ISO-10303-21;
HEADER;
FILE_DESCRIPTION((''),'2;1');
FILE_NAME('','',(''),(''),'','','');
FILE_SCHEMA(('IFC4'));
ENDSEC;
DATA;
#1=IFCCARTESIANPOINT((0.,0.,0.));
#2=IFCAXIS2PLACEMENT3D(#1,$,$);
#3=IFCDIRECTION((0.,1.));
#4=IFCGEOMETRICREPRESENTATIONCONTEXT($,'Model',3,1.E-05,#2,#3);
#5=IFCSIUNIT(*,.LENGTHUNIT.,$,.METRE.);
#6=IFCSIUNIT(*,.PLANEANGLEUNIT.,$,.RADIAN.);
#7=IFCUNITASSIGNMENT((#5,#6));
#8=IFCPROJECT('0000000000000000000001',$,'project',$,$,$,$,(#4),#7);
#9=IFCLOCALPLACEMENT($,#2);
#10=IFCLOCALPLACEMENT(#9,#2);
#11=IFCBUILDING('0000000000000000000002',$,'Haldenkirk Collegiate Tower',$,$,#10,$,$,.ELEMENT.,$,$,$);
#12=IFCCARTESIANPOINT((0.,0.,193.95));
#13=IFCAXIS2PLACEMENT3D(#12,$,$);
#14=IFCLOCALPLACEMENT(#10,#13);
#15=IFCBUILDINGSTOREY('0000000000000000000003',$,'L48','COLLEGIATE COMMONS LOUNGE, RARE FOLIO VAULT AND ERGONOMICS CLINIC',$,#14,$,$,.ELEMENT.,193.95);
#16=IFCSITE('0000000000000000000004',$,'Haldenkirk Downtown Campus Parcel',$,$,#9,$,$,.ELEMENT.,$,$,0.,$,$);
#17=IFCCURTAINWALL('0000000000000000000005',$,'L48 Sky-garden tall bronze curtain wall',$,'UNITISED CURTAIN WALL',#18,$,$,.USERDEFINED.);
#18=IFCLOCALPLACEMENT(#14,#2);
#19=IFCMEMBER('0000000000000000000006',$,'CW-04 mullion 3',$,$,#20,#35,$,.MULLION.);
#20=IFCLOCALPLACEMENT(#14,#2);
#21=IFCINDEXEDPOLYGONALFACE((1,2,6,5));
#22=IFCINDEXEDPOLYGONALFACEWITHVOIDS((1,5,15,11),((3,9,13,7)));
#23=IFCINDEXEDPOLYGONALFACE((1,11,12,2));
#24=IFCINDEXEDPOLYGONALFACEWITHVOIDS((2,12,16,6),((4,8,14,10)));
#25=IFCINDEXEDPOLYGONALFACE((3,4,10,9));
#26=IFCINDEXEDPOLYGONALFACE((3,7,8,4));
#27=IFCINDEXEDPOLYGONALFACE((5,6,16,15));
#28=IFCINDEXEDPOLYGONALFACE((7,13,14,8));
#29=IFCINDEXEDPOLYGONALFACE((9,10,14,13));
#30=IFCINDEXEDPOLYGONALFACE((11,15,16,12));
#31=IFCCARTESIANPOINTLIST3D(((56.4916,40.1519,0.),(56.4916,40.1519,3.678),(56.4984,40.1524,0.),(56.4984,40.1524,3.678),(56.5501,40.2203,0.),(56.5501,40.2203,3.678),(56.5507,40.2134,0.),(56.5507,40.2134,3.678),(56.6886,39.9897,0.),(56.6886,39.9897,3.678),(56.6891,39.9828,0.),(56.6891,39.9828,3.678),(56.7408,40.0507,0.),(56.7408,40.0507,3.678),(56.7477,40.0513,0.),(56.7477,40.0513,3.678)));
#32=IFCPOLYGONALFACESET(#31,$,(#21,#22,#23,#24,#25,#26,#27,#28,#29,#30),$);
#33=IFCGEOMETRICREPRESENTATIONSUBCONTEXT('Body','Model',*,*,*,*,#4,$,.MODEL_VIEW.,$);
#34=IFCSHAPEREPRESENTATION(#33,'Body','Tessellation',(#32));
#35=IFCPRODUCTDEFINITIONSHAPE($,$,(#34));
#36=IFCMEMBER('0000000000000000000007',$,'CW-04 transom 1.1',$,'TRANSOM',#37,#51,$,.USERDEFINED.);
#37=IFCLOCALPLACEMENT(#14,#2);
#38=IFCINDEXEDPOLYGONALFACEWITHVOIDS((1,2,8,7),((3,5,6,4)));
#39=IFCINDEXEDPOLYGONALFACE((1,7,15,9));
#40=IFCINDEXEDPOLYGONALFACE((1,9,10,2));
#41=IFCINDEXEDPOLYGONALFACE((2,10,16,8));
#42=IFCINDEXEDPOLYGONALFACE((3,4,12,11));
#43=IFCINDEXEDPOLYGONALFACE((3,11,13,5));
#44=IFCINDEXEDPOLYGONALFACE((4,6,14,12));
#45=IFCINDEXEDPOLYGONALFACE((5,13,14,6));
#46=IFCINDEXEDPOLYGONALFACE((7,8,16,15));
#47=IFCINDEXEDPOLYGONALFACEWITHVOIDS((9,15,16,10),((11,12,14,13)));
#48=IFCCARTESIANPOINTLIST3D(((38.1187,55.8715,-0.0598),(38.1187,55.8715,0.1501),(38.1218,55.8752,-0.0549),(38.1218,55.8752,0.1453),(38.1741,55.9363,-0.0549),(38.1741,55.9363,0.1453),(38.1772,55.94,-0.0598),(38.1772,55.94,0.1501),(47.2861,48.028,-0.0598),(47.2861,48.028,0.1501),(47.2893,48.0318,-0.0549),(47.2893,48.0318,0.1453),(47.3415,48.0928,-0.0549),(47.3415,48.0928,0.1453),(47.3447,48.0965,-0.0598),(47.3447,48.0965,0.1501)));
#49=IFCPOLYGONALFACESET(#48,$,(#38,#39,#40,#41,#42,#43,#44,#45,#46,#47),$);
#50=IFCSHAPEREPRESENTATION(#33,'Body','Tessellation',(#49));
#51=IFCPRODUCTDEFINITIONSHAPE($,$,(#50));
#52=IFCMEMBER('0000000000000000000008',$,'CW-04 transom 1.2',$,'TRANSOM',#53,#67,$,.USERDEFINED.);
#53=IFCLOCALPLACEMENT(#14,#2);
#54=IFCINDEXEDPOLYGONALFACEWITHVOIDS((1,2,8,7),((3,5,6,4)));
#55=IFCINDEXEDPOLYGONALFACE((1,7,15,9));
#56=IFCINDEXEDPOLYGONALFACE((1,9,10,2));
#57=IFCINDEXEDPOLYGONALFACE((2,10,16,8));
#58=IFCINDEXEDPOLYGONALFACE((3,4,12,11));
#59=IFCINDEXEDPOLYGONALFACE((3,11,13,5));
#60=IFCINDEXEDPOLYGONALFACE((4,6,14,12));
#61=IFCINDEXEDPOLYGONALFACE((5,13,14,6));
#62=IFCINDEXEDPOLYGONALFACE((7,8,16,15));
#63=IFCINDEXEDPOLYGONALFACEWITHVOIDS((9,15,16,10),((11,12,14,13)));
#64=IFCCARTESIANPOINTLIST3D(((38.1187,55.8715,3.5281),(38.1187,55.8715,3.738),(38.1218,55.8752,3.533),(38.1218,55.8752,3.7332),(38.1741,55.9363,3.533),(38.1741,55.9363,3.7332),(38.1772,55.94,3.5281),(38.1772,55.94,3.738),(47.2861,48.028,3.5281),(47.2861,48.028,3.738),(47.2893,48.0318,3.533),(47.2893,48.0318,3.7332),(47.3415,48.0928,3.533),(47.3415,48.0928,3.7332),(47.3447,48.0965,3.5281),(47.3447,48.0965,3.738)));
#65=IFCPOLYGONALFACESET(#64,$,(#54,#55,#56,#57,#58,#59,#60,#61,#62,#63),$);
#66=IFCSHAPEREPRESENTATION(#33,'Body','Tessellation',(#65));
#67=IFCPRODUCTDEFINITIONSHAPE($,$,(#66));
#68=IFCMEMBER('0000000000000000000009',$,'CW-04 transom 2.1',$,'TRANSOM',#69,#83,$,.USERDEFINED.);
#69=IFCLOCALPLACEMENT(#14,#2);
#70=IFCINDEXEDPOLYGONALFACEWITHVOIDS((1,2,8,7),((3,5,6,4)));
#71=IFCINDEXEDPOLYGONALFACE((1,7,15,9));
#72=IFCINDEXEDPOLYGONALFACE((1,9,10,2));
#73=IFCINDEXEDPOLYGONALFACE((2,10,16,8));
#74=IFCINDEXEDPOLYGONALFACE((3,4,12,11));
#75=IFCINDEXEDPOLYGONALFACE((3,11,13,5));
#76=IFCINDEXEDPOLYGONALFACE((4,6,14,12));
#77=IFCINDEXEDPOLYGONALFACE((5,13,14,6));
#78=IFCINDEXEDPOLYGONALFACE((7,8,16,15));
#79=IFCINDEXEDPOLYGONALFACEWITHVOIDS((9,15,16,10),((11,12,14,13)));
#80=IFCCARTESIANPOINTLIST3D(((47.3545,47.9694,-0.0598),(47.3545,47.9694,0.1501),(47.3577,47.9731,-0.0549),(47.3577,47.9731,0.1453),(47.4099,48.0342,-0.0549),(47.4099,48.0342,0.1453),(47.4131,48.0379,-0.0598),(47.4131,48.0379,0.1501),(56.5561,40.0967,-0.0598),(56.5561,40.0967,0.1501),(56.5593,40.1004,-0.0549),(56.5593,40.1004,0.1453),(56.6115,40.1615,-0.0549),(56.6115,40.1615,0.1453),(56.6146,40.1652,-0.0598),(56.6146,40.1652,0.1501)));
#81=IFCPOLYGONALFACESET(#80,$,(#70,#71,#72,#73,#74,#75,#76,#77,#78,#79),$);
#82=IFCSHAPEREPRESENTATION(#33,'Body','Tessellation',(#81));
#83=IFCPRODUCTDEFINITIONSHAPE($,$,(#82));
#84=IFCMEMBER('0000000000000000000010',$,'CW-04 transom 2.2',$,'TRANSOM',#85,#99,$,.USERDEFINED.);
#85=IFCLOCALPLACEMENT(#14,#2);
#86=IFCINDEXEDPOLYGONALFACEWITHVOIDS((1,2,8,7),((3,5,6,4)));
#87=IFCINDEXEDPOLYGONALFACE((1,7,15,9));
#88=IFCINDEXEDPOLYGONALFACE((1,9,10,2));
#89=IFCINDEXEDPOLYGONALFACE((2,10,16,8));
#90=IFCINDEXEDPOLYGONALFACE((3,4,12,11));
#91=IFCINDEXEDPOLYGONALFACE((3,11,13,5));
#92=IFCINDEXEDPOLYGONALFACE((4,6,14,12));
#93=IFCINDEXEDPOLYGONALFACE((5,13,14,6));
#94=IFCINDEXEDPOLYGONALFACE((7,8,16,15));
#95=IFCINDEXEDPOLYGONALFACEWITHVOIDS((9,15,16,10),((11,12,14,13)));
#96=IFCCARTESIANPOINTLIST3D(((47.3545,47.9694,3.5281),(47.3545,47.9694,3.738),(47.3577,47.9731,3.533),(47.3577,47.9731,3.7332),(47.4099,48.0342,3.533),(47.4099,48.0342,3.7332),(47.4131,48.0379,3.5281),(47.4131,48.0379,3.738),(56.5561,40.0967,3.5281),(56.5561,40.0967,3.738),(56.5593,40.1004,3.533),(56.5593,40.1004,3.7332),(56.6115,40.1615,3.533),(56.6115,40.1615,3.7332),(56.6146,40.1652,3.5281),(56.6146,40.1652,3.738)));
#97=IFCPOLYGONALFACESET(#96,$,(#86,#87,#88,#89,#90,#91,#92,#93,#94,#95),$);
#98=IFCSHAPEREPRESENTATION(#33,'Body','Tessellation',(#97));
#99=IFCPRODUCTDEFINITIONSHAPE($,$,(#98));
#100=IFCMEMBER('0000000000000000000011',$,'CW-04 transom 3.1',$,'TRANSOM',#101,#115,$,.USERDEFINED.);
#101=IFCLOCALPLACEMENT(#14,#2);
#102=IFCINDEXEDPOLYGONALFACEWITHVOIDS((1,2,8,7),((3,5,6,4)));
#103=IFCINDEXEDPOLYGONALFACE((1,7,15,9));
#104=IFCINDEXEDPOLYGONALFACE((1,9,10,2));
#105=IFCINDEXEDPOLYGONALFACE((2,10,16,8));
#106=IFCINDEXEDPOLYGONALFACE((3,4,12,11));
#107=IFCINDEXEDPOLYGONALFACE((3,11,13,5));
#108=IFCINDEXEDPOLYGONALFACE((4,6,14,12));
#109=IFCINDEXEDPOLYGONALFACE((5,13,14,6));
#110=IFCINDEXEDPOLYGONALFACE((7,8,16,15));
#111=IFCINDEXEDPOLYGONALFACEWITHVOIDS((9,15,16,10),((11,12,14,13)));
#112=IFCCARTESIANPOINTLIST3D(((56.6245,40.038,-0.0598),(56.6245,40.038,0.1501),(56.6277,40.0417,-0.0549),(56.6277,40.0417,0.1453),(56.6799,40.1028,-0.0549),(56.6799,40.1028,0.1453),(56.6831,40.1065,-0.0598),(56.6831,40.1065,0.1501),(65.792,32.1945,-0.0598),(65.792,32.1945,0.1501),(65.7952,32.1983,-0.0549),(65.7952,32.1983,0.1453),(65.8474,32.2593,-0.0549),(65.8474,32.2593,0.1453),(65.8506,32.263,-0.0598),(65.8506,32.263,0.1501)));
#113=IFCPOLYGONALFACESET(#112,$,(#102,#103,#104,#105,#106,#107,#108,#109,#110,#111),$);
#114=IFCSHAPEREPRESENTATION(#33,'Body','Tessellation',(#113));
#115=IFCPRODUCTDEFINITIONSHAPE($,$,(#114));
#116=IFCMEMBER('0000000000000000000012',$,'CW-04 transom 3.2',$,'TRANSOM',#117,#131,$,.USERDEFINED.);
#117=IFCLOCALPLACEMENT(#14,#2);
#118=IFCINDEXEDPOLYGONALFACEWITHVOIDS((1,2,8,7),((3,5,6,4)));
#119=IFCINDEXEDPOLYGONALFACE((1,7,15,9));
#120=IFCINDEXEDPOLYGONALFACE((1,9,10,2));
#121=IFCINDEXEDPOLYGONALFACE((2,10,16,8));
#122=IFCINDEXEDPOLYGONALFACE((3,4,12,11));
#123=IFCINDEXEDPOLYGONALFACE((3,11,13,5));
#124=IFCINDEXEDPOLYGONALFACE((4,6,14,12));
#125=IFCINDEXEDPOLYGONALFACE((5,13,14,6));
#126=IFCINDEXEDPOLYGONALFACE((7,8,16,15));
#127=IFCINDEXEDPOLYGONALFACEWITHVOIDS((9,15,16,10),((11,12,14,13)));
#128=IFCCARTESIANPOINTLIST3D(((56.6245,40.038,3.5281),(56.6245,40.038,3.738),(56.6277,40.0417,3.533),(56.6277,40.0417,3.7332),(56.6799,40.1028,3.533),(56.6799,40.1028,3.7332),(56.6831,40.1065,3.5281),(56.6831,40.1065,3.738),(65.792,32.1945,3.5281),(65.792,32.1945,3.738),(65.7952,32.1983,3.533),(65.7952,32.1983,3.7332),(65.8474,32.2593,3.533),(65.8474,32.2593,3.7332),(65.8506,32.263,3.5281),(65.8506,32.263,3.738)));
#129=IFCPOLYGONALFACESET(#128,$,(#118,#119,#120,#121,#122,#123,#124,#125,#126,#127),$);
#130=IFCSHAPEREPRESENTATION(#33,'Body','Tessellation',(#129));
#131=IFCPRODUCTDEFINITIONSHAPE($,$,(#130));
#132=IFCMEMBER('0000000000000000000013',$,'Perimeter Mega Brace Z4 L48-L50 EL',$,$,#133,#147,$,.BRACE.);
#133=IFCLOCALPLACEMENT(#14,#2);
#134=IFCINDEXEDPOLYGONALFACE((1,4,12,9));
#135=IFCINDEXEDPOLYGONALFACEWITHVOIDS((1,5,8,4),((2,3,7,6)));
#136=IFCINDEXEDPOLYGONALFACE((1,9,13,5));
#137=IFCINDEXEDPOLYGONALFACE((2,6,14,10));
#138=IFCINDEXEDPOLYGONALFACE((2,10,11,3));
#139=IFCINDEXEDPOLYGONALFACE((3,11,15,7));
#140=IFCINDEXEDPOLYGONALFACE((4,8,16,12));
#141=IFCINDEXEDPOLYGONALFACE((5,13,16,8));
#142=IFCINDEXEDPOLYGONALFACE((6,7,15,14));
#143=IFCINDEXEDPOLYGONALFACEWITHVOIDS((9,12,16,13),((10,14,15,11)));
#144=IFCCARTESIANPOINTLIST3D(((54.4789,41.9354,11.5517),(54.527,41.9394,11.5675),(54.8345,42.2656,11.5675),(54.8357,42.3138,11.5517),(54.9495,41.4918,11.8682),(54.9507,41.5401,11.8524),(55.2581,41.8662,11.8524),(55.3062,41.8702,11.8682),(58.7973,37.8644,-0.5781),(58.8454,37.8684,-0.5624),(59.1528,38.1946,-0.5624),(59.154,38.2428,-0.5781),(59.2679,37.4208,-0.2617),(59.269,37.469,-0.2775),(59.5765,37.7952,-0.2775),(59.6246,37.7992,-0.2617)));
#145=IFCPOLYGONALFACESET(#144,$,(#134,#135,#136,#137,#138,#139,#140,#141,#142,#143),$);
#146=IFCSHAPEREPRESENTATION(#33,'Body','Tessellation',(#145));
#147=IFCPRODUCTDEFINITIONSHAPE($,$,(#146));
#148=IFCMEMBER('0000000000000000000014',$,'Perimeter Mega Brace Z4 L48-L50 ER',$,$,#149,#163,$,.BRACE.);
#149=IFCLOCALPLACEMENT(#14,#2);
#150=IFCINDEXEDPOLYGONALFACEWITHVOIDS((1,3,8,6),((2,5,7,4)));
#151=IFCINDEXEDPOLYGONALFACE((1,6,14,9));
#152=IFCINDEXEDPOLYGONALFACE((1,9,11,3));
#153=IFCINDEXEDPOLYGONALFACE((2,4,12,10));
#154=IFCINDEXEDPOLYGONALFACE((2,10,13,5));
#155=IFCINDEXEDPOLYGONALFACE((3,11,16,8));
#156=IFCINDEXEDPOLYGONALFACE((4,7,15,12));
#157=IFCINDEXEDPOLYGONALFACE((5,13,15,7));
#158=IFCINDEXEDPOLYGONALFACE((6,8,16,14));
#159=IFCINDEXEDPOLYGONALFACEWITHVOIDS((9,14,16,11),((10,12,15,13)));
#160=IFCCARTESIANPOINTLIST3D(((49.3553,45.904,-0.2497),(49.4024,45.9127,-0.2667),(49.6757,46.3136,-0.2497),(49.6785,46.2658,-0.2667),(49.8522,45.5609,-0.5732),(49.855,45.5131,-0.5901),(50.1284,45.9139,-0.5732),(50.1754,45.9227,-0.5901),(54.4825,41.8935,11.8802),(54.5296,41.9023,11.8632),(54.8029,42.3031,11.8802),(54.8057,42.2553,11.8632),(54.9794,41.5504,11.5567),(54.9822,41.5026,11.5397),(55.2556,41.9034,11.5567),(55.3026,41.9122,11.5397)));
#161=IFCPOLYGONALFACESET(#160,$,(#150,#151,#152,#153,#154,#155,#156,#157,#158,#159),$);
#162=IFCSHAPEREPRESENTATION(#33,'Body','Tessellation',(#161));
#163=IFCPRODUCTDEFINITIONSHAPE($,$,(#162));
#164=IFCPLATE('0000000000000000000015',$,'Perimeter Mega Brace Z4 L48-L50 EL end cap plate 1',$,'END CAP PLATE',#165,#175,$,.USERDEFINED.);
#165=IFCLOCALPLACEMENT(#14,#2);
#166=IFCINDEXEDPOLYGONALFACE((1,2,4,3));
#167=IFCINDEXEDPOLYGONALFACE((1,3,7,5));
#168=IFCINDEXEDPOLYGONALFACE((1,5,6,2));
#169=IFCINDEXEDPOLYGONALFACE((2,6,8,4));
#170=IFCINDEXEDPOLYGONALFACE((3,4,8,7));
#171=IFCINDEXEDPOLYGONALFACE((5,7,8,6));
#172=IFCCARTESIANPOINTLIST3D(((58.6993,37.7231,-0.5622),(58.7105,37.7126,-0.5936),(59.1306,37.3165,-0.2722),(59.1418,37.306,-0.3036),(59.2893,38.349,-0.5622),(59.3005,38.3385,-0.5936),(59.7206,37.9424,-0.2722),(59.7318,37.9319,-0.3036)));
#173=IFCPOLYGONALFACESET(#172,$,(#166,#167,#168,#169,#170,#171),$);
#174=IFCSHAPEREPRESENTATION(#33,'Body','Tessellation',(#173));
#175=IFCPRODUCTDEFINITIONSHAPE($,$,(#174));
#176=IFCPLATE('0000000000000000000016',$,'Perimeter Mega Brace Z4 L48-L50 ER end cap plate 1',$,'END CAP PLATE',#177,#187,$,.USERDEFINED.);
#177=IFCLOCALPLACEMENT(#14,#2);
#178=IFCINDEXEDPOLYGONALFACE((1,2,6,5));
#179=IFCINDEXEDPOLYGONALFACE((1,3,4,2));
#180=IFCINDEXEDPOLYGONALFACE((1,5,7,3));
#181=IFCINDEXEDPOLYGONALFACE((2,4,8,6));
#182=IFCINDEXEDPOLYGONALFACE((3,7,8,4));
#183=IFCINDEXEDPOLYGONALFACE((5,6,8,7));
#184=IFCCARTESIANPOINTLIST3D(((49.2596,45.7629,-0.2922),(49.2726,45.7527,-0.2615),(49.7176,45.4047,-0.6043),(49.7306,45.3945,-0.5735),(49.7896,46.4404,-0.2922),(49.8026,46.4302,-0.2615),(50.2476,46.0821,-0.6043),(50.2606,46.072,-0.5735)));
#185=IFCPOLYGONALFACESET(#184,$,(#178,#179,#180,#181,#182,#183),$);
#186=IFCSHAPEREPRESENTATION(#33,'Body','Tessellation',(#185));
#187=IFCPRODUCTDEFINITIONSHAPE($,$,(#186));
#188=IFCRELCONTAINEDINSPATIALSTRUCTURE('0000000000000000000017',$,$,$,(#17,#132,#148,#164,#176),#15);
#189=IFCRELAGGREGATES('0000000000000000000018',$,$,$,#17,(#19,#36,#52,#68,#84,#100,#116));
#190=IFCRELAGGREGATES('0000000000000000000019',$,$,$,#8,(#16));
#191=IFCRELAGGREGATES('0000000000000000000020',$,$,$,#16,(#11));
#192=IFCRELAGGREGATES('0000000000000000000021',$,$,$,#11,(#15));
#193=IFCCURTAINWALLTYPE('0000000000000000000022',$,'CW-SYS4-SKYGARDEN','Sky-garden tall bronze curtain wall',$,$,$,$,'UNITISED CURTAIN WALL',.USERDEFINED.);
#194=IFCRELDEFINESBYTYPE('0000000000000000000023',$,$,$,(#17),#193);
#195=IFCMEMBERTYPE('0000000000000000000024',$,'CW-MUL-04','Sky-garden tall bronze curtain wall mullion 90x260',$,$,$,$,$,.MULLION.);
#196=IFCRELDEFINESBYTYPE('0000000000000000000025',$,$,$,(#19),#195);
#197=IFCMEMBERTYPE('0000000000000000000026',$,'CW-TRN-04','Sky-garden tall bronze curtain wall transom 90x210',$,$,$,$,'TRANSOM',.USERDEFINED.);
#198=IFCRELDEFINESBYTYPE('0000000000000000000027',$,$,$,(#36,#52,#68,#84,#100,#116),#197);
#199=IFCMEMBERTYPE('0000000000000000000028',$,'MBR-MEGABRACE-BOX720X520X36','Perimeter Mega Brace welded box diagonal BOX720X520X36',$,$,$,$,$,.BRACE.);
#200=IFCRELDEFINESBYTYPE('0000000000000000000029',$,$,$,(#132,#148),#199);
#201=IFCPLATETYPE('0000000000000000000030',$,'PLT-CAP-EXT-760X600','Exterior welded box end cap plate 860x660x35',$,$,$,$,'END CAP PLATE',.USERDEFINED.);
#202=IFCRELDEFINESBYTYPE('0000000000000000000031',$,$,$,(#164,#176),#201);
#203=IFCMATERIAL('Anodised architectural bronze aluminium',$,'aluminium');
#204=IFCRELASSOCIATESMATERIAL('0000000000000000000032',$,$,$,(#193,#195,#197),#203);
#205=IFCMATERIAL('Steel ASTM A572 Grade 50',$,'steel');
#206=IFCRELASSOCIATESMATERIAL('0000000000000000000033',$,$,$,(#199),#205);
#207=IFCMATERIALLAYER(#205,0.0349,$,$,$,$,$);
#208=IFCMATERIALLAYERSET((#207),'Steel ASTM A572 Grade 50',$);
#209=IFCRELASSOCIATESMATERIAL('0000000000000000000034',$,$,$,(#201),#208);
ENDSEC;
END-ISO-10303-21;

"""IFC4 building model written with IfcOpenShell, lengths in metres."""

from ifc_helpers import new_model, si_unit, direction, frame, origin, origin_2d, place, context, subcontext, project, spatial, rectangle, hollow_rectangle, extrude, source, transform, mapped, material, layer, layer_set, material_profile, profile_set, type_object, element, aggregate, save


model = new_model("IFC4")

# Units and contexts
model_context = context("Model", 3, precision=1e-05, world=origin(), true_north=direction((0.0, 1.0)))
body_context = subcontext(model_context, "Body", "Model", "MODEL_VIEW")
ifc_project = project(units=[si_unit("LENGTHUNIT", "METRE"), si_unit("PLANEANGLEUNIT", "RADIAN")], contexts=[model_context])

# Site, building, storey
site_placement = place(None, origin())
site = spatial("IfcSite", under=ifc_project, at=site_placement, Name="Haldenkirk Downtown Campus Parcel", CompositionType="ELEMENT", RefElevation=0.0)
building_placement = place(site_placement, origin())
building = spatial("IfcBuilding", under=site, at=building_placement, Name="Haldenkirk Collegiate Tower", CompositionType="ELEMENT")
storey_placement = place(building_placement, frame((0.0, 0.0, 193.95)))
storey = spatial("IfcBuildingStorey", under=building, at=storey_placement, Name="L48", Description="COLLEGIATE COMMONS LOUNGE, RARE FOLIO VAULT AND ERGONOMICS CLINIC", CompositionType="ELEMENT", Elevation=193.95)

# Curtain wall, members
ifc_material_1 = material(Name="Anodised architectural bronze aluminium", Category="aluminium")
curtain_wall_type = type_object("IfcCurtainWallType", Name="CW-SYS4-SKYGARDEN", Description="Sky-garden tall bronze curtain wall", ElementType="UNITISED CURTAIN WALL", PredefinedType="USERDEFINED", material=ifc_material_1)
curtain_wall_placement = place(storey_placement, origin())
curtain_wall = element("IfcCurtainWall", 1, at=curtain_wall_placement, inside=storey, type_object=curtain_wall_type, Name="L48 Sky-garden tall bronze curtain wall", ObjectType="UNITISED CURTAIN WALL", PredefinedType="USERDEFINED")
ifc_material_profile_1 = material_profile(ifc_material_1, hollow_rectangle(XDim=0.0901, YDim=0.26, WallThickness=0.0049, at=origin_2d()), Name="CW-MUL-04")
ifc_profile_set_1 = profile_set([ifc_material_profile_1], Name="Anodised architectural bronze aluminium")
member_type_1 = type_object("IfcMemberType", Name="CW-MUL-04", Description="Sky-garden tall bronze curtain wall mullion 90x260", PredefinedType="MULLION", material=ifc_profile_set_1)
member_1_placement = place(storey_placement, frame((56.6196, 40.1016, 0.0), z_axis=(0.0, 0.0, 1.0), x_axis=(0.650113, 0.759837, 0.0)))
member_1 = element("IfcMember", 2, at=member_1_placement, type_object=member_type_1, Name="CW-04 mullion 3", PredefinedType="MULLION", context=body_context, shape_type="SweptSolid", body=[
    extrude(hollow_rectangle(XDim=0.0901, YDim=0.26, WallThickness=0.0049, at=origin_2d()), origin(), (0.0, 0.0, 1.0), 3.678),
])
ifc_material_profile_2 = material_profile(ifc_material_1, hollow_rectangle(XDim=0.0901, YDim=0.21, WallThickness=0.0049, at=origin_2d()), Name="CW-TRN-04")
ifc_profile_set_2 = profile_set([ifc_material_profile_2], Name="Anodised architectural bronze aluminium")
member_type_2 = type_object("IfcMemberType", Name="CW-TRN-04", Description="Sky-garden tall bronze curtain wall transom 90x210", ElementType="TRANSOM", PredefinedType="USERDEFINED", material=ifc_profile_set_2)
member_2_placement = place(storey_placement, frame((38.1479, 55.9058, 0.0452), z_axis=(0.759843, -0.650106, 0.0), x_axis=(0.650106, 0.759843, 0.0)))
member_2 = element("IfcMember", 3, at=member_2_placement, type_object=member_type_2, Name="CW-04 transom 1.1", ObjectType="TRANSOM", PredefinedType="USERDEFINED", context=body_context, shape_type="SweptSolid", body=[
    extrude(hollow_rectangle(XDim=0.0901, YDim=0.21, WallThickness=0.0049, at=origin_2d()), origin(), (0.0, 0.0, 1.0), 12.0649),
])
member_3_placement = place(storey_placement, frame((38.1479, 55.9058, 3.6331), z_axis=(0.759843, -0.650106, 0.0), x_axis=(0.650106, 0.759843, 0.0)))
member_3 = element("IfcMember", 4, at=member_3_placement, type_object=member_type_2, Name="CW-04 transom 1.2", ObjectType="TRANSOM", PredefinedType="USERDEFINED", context=body_context, shape_type="SweptSolid", body=[
    extrude(hollow_rectangle(XDim=0.0901, YDim=0.21, WallThickness=0.0049, at=origin_2d()), origin(), (0.0, 0.0, 1.0), 12.0649),
])
member_4_placement = place(storey_placement, frame((47.3838, 48.0037, 0.0452), z_axis=(0.759841, -0.650109, 0.0), x_axis=(0.650109, 0.759841, 0.0)))
member_4 = element("IfcMember", 5, at=member_4_placement, type_object=member_type_2, Name="CW-04 transom 2.1", ObjectType="TRANSOM", PredefinedType="USERDEFINED", context=body_context, shape_type="SweptSolid", body=[
    extrude(hollow_rectangle(XDim=0.0901, YDim=0.21, WallThickness=0.0049, at=origin_2d()), origin(), (0.0, 0.0, 1.0), 12.1099),
])
member_5_placement = place(storey_placement, frame((47.3838, 48.0037, 3.6331), z_axis=(0.759841, -0.650109, 0.0), x_axis=(0.650109, 0.759841, 0.0)))
member_5 = element("IfcMember", 6, at=member_5_placement, type_object=member_type_2, Name="CW-04 transom 2.2", ObjectType="TRANSOM", PredefinedType="USERDEFINED", context=body_context, shape_type="SweptSolid", body=[
    extrude(hollow_rectangle(XDim=0.0901, YDim=0.21, WallThickness=0.0049, at=origin_2d()), origin(), (0.0, 0.0, 1.0), 12.1099),
])
member_6_placement = place(storey_placement, frame((56.6538, 40.0723, 0.0452), z_axis=(0.759843, -0.650106, 0.0), x_axis=(0.650106, 0.759843, 0.0)))
member_6 = element("IfcMember", 7, at=member_6_placement, type_object=member_type_2, Name="CW-04 transom 3.1", ObjectType="TRANSOM", PredefinedType="USERDEFINED", context=body_context, shape_type="SweptSolid", body=[
    extrude(hollow_rectangle(XDim=0.0901, YDim=0.21, WallThickness=0.0049, at=origin_2d()), origin(), (0.0, 0.0, 1.0), 12.0649),
])
member_7_placement = place(storey_placement, frame((56.6538, 40.0723, 3.6331), z_axis=(0.759843, -0.650106, 0.0), x_axis=(0.650106, 0.759843, 0.0)))
member_7 = element("IfcMember", 8, at=member_7_placement, type_object=member_type_2, Name="CW-04 transom 3.2", ObjectType="TRANSOM", PredefinedType="USERDEFINED", context=body_context, shape_type="SweptSolid", body=[
    extrude(hollow_rectangle(XDim=0.0901, YDim=0.21, WallThickness=0.0049, at=origin_2d()), origin(), (0.0, 0.0, 1.0), 12.0649),
])

# Members
ifc_material_2 = material(Name="Steel ASTM A572 Grade 50", Category="steel")
ifc_material_profile_3 = material_profile(ifc_material_2, hollow_rectangle(XDim=0.52, YDim=0.72, WallThickness=0.0359, at=origin_2d()), Name="BOX720X520X36")
ifc_profile_set_3 = profile_set([ifc_material_profile_3], Name="Steel ASTM A572 Grade 50")
member_type_3 = type_object("IfcMemberType", Name="MBR-MEGABRACE-BOX720X520X36", Description="Perimeter Mega Brace welded box diagonal BOX720X520X36", PredefinedType="BRACE", material=ifc_profile_set_3)
member_8_placement = place(storey_placement, frame((59.2109, 37.8318, -0.4199), z_axis=(-0.319786, 0.301471, 0.898249), x_axis=(-0.685964, -0.727636, 0.0)))
element("IfcMember", 9, at=member_8_placement, inside=storey, type_object=member_type_3, Name="Perimeter Mega Brace Z4 L48-L50 EL", PredefinedType="BRACE", context=body_context, shape_type="SweptSolid", body=[
    extrude(hollow_rectangle(XDim=0.52, YDim=0.72, WallThickness=0.0359, at=origin_2d()), origin(), (0.0, 0.0, 1.0), 13.5039),
])
member_9_placement = place(storey_placement, frame((49.7654, 45.9133, -0.4199), z_axis=(0.37245, -0.291331, 0.88114), x_axis=(0.616109, 0.787661, 0.0)))
element("IfcMember", 10, at=member_9_placement, inside=storey, type_object=member_type_3, Name="Perimeter Mega Brace Z4 L48-L50 ER", PredefinedType="BRACE", context=body_context, shape_type="SweptSolid", body=[
    extrude(hollow_rectangle(XDim=0.52, YDim=0.72, WallThickness=0.0359, at=origin_2d()), origin(), (0.0, 0.0, 1.0), 13.7661),
])

# Plates
ifc_layer_1 = layer(ifc_material_2, 0.0349)
ifc_layer_set_1 = layer_set([ifc_layer_1], Name="Steel ASTM A572 Grade 50")
plate_type_1 = type_object("IfcPlateType", Name="PLT-CAP-EXT-760X600", Description="Exterior welded box end cap plate 860x660x35", ElementType="END CAP PLATE", PredefinedType="USERDEFINED", material=ifc_layer_set_1)
shared_shape_1 = source(origin(), body_context, "Body", "SweptSolid", [
    extrude(rectangle(XDim=0.8601, YDim=0.6599, at=origin_2d()), origin(), (0.0, 0.0, 1.0), 0.0349),
])
for number, where, z_axis, x_axis, name in (
    (11, (59.21, 37.8328, -0.4172), (0.319786, -0.301466, -0.898251), (0.685956, 0.727643, 0.0), "Perimeter Mega Brace Z4 L48-L50 EL end cap plate 1"),
    (12, (49.7666, 45.9124, -0.4175), (-0.372442, 0.291323, -0.881146), (-0.616107, -0.787663, 0.0), "Perimeter Mega Brace Z4 L48-L50 ER end cap plate 1"),
):
    element("IfcPlate", number, at=place(storey_placement, frame(where, z_axis=z_axis, x_axis=x_axis)), inside=storey, type_object=plate_type_1, Name=name, ObjectType="END CAP PLATE", PredefinedType="USERDEFINED", context=body_context, shape_type="MappedRepresentation", body=[
        mapped(shared_shape_1, transform((0.0, 0.0, 0.0), x_axis=(1.0, 0.0, 0.0), y_axis=(0.0, 1.0, 0.0), z_axis=(0.0, 0.0, 1.0), scale=1.0)),
    ])

aggregate(curtain_wall, [member_1, member_2, member_3, member_4, member_5, member_6, member_7])

save(model, "model.ifc")
